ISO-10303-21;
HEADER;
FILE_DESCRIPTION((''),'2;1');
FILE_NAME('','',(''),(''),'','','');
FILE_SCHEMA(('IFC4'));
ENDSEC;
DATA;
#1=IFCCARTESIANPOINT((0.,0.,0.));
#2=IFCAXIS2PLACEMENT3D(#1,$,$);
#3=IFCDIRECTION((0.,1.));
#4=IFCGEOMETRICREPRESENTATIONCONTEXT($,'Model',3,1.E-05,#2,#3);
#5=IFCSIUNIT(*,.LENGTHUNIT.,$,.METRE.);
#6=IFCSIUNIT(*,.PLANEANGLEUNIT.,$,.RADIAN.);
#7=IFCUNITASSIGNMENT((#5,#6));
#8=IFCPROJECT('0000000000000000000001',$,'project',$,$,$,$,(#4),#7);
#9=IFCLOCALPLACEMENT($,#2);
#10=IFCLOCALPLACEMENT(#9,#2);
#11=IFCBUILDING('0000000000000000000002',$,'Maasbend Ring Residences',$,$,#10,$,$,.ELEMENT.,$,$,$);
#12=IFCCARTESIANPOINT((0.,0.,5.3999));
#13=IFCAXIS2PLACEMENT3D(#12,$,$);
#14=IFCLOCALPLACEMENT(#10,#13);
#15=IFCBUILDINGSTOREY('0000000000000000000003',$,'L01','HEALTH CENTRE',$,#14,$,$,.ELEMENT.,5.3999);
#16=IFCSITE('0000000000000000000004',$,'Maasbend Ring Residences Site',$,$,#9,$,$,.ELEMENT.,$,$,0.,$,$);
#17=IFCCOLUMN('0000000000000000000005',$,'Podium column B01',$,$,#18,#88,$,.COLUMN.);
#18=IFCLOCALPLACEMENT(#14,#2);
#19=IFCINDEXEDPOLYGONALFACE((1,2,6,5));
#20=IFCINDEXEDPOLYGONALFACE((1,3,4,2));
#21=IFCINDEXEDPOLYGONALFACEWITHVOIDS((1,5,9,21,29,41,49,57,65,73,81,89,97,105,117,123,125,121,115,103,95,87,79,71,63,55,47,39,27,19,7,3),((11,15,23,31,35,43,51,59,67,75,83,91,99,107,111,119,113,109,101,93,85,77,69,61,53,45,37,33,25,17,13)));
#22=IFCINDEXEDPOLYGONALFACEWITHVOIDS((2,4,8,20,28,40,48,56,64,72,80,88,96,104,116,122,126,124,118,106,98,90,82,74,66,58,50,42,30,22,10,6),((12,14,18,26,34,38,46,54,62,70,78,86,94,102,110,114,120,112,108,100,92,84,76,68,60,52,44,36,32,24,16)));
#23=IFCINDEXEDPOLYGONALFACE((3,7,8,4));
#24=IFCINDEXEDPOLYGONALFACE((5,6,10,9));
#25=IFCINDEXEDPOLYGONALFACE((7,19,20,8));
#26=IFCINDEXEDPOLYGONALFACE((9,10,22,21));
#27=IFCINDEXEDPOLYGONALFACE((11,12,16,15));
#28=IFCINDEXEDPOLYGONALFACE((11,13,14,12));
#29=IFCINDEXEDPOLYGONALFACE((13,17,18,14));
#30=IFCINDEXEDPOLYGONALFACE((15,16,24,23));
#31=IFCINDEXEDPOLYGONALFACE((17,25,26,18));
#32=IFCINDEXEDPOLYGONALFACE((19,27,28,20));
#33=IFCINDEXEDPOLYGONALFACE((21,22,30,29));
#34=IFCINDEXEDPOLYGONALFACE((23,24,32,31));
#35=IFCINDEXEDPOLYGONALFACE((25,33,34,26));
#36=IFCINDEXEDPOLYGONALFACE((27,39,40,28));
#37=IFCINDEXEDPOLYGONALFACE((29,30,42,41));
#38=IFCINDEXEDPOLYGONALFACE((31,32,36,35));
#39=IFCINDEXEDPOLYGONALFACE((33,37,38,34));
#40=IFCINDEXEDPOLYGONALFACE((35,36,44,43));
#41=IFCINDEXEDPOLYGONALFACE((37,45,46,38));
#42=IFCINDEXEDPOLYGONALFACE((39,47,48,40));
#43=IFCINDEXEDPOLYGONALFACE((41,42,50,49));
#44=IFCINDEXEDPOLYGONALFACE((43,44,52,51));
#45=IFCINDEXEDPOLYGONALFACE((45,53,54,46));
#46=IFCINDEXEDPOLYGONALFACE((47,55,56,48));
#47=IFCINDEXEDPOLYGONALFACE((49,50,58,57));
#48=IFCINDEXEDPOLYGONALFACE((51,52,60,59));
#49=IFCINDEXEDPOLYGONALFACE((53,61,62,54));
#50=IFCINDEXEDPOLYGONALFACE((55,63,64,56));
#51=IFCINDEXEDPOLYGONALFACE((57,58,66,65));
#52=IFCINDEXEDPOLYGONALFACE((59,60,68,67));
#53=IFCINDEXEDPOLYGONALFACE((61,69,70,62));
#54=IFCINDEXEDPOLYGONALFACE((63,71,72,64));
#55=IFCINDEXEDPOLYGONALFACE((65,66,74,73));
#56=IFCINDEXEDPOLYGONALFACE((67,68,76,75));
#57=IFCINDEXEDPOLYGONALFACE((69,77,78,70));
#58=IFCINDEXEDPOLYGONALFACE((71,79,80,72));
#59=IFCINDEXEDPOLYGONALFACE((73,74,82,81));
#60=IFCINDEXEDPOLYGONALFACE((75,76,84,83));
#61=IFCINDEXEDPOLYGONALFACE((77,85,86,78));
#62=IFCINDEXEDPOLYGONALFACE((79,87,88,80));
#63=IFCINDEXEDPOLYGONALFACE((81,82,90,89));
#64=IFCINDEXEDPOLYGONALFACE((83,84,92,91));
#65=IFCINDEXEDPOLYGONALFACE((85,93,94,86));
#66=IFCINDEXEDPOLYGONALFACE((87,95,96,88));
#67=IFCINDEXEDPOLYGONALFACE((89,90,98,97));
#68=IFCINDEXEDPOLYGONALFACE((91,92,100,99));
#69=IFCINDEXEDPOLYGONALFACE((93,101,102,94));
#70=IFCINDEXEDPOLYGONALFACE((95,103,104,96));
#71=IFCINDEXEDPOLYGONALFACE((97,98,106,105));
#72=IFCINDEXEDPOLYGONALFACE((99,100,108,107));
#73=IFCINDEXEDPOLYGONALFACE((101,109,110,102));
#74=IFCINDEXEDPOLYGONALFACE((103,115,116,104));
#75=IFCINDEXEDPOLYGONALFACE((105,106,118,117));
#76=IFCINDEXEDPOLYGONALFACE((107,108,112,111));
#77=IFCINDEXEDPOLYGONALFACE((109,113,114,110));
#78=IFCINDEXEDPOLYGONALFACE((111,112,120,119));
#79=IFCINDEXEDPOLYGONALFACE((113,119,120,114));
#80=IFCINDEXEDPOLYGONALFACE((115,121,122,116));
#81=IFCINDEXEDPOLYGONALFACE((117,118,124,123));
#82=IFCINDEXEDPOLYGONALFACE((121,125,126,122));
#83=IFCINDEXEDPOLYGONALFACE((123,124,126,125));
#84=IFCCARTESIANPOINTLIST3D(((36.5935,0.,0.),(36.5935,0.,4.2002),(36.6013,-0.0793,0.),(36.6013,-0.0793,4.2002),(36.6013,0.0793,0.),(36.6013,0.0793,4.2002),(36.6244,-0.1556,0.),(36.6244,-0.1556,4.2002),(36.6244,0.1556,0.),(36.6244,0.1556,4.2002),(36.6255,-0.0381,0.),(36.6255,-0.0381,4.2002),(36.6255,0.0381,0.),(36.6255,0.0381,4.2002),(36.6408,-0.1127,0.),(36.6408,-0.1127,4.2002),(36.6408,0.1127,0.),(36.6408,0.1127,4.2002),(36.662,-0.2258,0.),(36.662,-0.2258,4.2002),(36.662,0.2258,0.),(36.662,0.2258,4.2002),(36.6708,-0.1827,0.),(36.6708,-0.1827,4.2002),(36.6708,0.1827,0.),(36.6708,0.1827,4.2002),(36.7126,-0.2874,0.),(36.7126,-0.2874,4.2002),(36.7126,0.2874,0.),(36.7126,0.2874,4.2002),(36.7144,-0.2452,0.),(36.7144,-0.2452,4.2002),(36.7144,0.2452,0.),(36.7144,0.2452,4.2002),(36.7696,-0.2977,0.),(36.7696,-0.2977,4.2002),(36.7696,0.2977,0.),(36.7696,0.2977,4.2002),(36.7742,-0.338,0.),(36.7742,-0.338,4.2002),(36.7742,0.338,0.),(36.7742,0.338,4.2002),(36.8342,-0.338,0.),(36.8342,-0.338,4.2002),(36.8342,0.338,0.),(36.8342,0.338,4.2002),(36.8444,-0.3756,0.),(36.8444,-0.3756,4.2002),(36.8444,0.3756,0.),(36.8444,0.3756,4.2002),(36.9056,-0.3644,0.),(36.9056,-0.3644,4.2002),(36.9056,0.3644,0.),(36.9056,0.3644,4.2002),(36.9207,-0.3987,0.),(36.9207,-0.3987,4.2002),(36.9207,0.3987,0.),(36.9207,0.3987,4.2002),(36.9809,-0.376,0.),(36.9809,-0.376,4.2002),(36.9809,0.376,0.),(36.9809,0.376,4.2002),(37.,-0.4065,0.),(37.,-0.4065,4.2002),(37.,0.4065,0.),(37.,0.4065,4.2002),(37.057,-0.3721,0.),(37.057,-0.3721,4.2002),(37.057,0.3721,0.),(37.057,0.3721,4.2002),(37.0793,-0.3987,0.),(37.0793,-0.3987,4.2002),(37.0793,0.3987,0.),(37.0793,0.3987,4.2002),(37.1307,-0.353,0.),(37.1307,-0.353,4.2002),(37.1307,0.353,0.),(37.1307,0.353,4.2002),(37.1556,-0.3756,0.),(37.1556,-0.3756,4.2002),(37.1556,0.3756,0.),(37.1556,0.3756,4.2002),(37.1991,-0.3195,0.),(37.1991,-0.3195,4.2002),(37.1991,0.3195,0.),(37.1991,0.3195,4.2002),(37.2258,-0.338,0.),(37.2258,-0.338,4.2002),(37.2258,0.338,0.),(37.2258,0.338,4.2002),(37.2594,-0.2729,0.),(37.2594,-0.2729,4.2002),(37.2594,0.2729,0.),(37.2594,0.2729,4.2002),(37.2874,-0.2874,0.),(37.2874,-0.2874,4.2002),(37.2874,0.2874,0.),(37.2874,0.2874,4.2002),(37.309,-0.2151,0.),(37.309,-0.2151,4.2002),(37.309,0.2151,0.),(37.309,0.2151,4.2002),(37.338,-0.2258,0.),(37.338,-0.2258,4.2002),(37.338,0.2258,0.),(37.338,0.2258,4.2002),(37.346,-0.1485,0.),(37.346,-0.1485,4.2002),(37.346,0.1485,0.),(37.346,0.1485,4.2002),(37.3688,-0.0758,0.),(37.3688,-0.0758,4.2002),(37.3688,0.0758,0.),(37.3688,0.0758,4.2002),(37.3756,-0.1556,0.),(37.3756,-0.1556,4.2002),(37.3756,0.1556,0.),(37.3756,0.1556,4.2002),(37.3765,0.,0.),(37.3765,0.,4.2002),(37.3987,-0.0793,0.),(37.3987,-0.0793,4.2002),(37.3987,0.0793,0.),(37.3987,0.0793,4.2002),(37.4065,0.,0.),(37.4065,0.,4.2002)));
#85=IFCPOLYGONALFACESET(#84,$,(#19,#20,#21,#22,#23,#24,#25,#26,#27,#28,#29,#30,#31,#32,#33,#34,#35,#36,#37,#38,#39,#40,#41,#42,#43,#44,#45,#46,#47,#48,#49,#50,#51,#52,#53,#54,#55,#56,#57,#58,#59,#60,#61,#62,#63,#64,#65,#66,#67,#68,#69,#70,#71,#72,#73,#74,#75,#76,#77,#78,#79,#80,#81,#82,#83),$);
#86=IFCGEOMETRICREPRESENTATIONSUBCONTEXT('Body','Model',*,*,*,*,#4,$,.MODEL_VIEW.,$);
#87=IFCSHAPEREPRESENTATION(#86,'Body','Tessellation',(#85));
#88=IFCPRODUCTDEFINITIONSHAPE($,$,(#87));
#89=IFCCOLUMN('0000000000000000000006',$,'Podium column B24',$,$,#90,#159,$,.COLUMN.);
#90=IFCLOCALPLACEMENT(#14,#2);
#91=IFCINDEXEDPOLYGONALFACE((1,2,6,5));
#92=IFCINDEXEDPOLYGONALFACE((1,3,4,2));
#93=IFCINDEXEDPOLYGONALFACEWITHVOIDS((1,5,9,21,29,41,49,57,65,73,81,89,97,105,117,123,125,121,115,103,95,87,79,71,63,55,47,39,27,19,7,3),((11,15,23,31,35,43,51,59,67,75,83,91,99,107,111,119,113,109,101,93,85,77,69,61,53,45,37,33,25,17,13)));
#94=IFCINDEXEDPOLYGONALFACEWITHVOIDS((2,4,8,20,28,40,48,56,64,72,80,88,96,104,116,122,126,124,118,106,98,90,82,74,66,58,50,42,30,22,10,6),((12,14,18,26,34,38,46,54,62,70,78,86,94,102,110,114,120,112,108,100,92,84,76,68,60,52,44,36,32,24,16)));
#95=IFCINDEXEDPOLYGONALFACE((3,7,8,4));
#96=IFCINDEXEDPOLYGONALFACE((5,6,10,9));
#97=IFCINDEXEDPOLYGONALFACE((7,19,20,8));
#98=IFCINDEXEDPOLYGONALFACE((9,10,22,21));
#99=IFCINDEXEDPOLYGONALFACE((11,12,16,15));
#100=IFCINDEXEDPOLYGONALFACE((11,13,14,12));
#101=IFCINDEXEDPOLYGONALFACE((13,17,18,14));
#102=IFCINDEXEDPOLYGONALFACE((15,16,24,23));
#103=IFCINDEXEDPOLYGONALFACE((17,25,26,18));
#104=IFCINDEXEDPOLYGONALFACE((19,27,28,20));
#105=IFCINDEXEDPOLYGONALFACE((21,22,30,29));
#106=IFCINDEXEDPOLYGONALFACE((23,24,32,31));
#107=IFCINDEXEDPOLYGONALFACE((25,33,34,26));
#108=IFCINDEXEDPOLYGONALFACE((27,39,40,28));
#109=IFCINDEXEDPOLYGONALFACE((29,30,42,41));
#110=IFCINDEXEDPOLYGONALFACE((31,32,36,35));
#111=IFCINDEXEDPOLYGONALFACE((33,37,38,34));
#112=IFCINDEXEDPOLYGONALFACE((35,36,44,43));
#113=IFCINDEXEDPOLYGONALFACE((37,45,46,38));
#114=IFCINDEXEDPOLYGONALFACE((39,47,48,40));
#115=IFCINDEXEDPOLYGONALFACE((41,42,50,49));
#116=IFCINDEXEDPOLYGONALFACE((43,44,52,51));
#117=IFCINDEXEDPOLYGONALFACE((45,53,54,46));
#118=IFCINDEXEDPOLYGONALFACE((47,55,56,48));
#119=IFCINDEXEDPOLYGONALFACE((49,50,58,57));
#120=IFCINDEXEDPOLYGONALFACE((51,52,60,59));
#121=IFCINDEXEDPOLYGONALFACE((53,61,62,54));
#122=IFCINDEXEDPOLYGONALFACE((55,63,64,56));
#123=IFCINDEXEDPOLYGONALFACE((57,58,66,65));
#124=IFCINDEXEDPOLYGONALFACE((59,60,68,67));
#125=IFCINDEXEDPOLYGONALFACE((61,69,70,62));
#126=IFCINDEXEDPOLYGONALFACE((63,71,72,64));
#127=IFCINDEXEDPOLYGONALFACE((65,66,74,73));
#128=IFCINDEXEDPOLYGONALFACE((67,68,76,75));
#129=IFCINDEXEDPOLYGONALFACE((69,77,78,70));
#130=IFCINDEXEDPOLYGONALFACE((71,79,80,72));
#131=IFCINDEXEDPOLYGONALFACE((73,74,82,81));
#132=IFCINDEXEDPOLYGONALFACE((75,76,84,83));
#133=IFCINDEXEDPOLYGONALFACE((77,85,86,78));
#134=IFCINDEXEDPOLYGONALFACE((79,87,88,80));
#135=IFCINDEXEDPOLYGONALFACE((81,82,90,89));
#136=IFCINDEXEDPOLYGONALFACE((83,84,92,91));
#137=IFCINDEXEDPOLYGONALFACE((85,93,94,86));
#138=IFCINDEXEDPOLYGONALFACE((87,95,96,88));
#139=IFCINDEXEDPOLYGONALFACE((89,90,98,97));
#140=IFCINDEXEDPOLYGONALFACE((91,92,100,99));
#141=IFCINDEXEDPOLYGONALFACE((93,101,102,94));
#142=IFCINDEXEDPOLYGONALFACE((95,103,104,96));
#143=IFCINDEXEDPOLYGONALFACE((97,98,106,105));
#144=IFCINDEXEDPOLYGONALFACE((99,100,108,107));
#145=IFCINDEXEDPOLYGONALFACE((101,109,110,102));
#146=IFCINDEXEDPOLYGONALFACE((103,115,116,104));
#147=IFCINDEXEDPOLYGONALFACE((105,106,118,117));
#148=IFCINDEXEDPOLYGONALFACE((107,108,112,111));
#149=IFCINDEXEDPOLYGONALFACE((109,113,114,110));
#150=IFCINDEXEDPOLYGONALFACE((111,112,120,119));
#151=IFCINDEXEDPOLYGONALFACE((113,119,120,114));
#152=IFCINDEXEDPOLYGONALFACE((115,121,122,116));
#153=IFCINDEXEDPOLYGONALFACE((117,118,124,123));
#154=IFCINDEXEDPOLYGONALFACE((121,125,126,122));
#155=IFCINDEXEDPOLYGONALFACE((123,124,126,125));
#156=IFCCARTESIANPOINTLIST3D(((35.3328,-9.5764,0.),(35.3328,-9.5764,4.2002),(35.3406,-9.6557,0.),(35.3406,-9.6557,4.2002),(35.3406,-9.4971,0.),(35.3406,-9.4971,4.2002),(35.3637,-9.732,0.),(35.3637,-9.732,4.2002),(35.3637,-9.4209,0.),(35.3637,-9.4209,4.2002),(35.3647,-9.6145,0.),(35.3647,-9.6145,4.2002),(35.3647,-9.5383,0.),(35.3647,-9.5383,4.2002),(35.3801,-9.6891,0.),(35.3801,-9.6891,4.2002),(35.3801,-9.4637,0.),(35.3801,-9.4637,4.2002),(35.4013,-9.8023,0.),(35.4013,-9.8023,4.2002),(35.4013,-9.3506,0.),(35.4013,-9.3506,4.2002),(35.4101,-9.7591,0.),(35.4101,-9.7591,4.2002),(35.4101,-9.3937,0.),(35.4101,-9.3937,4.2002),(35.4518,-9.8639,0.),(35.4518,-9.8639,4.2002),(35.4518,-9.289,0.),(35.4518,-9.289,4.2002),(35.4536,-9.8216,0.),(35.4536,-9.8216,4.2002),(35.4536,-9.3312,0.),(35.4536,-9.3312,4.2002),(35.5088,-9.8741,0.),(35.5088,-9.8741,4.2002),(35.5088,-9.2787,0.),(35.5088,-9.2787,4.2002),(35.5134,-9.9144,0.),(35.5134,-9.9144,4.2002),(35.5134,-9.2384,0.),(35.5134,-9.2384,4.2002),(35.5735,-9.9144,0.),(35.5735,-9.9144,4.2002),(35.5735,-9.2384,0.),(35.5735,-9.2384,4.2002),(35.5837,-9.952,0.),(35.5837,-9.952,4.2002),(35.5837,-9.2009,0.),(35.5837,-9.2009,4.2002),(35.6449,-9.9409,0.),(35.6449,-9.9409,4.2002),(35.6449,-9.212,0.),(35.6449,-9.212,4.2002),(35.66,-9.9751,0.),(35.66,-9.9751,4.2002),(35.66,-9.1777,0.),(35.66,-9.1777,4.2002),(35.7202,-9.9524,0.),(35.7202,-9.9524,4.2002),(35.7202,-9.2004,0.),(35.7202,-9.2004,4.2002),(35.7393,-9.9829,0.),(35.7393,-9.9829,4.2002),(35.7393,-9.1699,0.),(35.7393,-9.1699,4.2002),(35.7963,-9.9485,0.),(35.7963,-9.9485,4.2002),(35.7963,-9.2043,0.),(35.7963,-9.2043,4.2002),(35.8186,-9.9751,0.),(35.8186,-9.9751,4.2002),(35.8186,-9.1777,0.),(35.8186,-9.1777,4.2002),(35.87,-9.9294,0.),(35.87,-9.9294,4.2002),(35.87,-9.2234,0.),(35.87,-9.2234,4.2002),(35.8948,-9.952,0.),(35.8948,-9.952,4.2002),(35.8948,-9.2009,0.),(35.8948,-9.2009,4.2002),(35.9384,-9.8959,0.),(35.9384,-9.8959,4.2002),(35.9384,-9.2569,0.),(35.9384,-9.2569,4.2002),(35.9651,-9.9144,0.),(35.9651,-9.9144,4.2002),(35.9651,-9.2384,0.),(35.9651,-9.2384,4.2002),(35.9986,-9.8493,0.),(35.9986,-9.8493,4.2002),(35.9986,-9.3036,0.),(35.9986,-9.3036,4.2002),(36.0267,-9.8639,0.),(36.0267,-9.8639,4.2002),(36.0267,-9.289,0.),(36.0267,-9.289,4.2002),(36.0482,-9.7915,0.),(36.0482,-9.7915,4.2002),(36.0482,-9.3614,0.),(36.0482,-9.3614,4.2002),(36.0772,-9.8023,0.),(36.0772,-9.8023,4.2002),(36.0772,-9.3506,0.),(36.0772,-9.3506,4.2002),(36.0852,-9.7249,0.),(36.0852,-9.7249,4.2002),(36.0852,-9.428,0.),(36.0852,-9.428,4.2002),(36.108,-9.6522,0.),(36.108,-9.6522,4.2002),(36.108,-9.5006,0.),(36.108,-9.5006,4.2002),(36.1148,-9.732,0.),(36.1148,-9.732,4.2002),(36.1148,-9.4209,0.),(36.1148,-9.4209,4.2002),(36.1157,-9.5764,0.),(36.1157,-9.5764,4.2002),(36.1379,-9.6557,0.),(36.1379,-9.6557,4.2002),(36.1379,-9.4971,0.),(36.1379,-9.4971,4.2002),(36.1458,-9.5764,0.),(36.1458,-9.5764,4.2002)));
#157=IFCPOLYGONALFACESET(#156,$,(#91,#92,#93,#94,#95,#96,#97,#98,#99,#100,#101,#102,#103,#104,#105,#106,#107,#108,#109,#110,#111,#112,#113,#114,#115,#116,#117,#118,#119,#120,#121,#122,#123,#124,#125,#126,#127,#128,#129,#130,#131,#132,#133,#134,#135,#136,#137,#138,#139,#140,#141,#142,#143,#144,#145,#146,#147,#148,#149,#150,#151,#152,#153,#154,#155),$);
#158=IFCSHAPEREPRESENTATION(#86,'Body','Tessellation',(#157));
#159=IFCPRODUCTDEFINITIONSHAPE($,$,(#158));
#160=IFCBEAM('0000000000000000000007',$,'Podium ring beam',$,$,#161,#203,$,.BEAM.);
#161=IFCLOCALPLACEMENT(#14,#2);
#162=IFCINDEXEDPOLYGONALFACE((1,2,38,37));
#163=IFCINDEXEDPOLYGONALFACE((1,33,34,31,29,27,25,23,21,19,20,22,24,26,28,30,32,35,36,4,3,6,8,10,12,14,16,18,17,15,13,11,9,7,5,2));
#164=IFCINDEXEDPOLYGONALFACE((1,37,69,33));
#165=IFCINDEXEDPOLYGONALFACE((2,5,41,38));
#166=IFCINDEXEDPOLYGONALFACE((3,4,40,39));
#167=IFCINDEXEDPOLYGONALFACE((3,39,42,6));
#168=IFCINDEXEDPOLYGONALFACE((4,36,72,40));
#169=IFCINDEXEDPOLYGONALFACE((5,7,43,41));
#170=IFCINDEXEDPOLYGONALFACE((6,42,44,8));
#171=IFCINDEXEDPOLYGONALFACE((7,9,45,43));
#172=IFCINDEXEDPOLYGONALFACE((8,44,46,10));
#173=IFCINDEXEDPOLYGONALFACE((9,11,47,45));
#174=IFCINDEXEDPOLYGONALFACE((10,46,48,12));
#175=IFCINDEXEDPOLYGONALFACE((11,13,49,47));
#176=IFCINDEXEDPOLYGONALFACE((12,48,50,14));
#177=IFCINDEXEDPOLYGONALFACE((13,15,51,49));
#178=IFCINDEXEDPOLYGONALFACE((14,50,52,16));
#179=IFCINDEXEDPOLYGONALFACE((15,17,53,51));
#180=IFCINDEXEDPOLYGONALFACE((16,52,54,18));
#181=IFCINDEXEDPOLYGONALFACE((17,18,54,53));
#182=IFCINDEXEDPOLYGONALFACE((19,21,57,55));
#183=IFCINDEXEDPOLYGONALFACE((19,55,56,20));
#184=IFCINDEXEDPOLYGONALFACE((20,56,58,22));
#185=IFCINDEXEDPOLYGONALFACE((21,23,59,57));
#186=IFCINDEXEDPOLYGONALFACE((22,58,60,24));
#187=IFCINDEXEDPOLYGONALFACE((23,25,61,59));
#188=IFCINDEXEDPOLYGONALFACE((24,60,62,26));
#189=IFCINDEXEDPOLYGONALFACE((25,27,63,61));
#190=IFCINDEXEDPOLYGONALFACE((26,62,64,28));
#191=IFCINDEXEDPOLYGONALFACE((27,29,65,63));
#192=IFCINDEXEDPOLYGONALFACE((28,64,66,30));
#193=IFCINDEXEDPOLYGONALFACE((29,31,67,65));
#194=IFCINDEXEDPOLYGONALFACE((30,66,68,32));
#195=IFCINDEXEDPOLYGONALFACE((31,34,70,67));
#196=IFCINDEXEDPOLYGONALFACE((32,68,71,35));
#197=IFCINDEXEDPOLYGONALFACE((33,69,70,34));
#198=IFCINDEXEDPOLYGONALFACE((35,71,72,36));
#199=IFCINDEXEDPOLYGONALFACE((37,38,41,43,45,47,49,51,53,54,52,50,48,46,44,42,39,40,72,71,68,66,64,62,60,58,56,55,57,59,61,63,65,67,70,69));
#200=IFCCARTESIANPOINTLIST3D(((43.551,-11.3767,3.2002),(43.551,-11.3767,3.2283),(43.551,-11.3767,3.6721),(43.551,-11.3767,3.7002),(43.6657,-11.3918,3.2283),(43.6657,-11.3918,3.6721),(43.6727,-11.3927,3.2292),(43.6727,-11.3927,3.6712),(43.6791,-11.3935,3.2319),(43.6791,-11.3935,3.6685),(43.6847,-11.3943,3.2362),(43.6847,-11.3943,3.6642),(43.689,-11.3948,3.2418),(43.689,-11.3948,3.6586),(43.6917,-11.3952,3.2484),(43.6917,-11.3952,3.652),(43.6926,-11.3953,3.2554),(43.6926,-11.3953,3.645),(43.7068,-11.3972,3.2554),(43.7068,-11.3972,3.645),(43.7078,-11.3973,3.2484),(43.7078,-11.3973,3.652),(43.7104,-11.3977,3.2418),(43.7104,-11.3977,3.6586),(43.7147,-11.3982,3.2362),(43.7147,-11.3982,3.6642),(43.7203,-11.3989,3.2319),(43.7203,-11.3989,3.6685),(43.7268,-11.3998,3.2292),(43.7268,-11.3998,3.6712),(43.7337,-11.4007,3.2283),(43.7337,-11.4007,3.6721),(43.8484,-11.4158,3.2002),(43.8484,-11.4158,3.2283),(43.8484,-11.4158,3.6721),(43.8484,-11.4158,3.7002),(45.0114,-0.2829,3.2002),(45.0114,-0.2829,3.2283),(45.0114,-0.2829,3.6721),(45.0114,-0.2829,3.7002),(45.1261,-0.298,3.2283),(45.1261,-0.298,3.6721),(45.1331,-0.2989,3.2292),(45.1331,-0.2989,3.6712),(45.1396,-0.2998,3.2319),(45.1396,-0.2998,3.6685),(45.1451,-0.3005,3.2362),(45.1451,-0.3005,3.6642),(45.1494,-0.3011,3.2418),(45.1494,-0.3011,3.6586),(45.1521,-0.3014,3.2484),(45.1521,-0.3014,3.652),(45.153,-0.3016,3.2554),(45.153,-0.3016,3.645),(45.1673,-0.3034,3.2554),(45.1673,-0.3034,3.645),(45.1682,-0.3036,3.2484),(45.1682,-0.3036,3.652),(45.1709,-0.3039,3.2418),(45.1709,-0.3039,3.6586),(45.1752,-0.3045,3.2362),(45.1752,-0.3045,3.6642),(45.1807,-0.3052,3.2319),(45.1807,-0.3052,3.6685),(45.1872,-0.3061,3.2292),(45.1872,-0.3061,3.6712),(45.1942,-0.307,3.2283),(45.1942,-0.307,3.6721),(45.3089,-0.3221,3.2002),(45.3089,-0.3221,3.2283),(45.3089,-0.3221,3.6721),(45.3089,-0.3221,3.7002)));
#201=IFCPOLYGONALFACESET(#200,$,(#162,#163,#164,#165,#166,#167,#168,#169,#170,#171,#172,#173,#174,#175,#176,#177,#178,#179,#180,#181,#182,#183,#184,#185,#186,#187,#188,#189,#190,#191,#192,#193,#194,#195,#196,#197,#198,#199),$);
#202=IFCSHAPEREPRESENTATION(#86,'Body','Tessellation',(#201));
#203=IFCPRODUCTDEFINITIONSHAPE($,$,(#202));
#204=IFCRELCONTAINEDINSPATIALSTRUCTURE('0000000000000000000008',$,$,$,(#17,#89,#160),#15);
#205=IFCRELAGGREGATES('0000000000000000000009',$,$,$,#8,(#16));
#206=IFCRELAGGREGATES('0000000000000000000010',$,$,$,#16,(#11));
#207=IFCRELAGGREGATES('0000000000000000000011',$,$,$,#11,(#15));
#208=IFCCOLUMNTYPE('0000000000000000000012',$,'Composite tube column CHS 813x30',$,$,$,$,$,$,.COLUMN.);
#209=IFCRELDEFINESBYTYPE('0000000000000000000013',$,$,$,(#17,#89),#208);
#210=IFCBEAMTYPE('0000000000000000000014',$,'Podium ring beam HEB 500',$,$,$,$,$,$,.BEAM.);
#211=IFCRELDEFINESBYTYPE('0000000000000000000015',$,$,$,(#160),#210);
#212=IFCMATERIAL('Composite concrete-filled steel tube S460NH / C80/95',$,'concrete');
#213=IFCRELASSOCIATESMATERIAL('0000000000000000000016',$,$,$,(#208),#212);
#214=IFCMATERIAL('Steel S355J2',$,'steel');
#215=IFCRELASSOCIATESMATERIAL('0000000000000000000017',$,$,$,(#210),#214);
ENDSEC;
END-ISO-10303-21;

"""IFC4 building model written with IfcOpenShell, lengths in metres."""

from ifc_helpers import new_model, si_unit, direction, frame, origin, origin_2d, place, context, subcontext, project, spatial, hollow_circle, i_section, extrude, material, material_profile, profile_set, type_object, element, save


model = new_model("IFC4")

# Units and contexts
model_context = context("Model", 3, precision=1e-05, world=origin(), true_north=direction((0.0, 1.0)))
body_context = subcontext(model_context, "Body", "Model", "MODEL_VIEW")
ifc_project = project(units=[si_unit("LENGTHUNIT", "METRE"), si_unit("PLANEANGLEUNIT", "RADIAN")], contexts=[model_context])

# Site, building, storey
site_placement = place(None, origin())
site = spatial("IfcSite", under=ifc_project, at=site_placement, Name="Maasbend Ring Residences Site", CompositionType="ELEMENT", RefElevation=0.0)
building_placement = place(site_placement, origin())
building = spatial("IfcBuilding", under=site, at=building_placement, Name="Maasbend Ring Residences", CompositionType="ELEMENT")
storey_placement = place(building_placement, frame((0.0, 0.0, 5.3999)))
storey = spatial("IfcBuildingStorey", under=building, at=storey_placement, Name="L01", Description="HEALTH CENTRE", CompositionType="ELEMENT", Elevation=5.3999)

# Columns
ifc_material_1 = material(Name="Composite concrete-filled steel tube S460NH / C80/95", Category="concrete")
ifc_material_profile_1 = material_profile(ifc_material_1, hollow_circle(Radius=0.4065, WallThickness=0.03, at=origin_2d()), Name="Composite tube column CHS 813x30")
ifc_profile_set_1 = profile_set([ifc_material_profile_1], Name="Composite concrete-filled steel tube S460NH / C80/95")
column_type_1 = type_object("IfcColumnType", Name="Composite tube column CHS 813x30", PredefinedType="COLUMN", material=ifc_profile_set_1)
for number, where, z_axis, x_axis, name in (
    (1, (37.0, 0.0, 0.0), (0.0, 0.0, 1.0), (1.0, 0.0, 0.0), "Podium column B01"),
    (2, (35.7393, -9.5764, 0.0), (0.0, 0.0, 1.0), (1.0, 0.0, 0.0), "Podium column B24"),
):
    element("IfcColumn", number, at=place(storey_placement, frame(where, z_axis=z_axis, x_axis=x_axis)), inside=storey, type_object=column_type_1, Name=name, PredefinedType="COLUMN", context=body_context, shape_type="SweptSolid", body=[
        extrude(hollow_circle(Radius=0.4065, WallThickness=0.03, at=origin_2d()), origin(), (0.0, 0.0, 1.0), 4.2002),
    ])

# Beam
ifc_material_2 = material(Name="Steel S355J2", Category="steel")
ifc_material_profile_2 = material_profile(ifc_material_2, i_section(OverallWidth=0.3, OverallDepth=0.5, WebThickness=0.0144, FlangeThickness=0.0281, FilletRadius=0.0271, at=origin_2d()), Name="HEB 500")
ifc_profile_set_2 = profile_set([ifc_material_profile_2], Name="Steel S355J2")
beam_type_1 = type_object("IfcBeamType", Name="Podium ring beam HEB 500", PredefinedType="BEAM", material=ifc_profile_set_2)
beam_1_placement = place(storey_placement, frame((43.6997, -11.3962, 3.4502), z_axis=(0.13052, 0.991446, 0.0), x_axis=(-0.991446, 0.13052, 0.0)))
element("IfcBeam", 3, at=beam_1_placement, inside=storey, type_object=beam_type_1, Name="Podium ring beam", PredefinedType="BEAM", context=body_context, shape_type="SweptSolid", body=[
    extrude(i_section(OverallWidth=0.3, OverallDepth=0.5, WebThickness=0.0144, FlangeThickness=0.0281, FilletRadius=0.0271, at=origin_2d()), origin(), (0.0, 0.0, 1.0), 11.1895),
])

save(model, "model.ifc")
